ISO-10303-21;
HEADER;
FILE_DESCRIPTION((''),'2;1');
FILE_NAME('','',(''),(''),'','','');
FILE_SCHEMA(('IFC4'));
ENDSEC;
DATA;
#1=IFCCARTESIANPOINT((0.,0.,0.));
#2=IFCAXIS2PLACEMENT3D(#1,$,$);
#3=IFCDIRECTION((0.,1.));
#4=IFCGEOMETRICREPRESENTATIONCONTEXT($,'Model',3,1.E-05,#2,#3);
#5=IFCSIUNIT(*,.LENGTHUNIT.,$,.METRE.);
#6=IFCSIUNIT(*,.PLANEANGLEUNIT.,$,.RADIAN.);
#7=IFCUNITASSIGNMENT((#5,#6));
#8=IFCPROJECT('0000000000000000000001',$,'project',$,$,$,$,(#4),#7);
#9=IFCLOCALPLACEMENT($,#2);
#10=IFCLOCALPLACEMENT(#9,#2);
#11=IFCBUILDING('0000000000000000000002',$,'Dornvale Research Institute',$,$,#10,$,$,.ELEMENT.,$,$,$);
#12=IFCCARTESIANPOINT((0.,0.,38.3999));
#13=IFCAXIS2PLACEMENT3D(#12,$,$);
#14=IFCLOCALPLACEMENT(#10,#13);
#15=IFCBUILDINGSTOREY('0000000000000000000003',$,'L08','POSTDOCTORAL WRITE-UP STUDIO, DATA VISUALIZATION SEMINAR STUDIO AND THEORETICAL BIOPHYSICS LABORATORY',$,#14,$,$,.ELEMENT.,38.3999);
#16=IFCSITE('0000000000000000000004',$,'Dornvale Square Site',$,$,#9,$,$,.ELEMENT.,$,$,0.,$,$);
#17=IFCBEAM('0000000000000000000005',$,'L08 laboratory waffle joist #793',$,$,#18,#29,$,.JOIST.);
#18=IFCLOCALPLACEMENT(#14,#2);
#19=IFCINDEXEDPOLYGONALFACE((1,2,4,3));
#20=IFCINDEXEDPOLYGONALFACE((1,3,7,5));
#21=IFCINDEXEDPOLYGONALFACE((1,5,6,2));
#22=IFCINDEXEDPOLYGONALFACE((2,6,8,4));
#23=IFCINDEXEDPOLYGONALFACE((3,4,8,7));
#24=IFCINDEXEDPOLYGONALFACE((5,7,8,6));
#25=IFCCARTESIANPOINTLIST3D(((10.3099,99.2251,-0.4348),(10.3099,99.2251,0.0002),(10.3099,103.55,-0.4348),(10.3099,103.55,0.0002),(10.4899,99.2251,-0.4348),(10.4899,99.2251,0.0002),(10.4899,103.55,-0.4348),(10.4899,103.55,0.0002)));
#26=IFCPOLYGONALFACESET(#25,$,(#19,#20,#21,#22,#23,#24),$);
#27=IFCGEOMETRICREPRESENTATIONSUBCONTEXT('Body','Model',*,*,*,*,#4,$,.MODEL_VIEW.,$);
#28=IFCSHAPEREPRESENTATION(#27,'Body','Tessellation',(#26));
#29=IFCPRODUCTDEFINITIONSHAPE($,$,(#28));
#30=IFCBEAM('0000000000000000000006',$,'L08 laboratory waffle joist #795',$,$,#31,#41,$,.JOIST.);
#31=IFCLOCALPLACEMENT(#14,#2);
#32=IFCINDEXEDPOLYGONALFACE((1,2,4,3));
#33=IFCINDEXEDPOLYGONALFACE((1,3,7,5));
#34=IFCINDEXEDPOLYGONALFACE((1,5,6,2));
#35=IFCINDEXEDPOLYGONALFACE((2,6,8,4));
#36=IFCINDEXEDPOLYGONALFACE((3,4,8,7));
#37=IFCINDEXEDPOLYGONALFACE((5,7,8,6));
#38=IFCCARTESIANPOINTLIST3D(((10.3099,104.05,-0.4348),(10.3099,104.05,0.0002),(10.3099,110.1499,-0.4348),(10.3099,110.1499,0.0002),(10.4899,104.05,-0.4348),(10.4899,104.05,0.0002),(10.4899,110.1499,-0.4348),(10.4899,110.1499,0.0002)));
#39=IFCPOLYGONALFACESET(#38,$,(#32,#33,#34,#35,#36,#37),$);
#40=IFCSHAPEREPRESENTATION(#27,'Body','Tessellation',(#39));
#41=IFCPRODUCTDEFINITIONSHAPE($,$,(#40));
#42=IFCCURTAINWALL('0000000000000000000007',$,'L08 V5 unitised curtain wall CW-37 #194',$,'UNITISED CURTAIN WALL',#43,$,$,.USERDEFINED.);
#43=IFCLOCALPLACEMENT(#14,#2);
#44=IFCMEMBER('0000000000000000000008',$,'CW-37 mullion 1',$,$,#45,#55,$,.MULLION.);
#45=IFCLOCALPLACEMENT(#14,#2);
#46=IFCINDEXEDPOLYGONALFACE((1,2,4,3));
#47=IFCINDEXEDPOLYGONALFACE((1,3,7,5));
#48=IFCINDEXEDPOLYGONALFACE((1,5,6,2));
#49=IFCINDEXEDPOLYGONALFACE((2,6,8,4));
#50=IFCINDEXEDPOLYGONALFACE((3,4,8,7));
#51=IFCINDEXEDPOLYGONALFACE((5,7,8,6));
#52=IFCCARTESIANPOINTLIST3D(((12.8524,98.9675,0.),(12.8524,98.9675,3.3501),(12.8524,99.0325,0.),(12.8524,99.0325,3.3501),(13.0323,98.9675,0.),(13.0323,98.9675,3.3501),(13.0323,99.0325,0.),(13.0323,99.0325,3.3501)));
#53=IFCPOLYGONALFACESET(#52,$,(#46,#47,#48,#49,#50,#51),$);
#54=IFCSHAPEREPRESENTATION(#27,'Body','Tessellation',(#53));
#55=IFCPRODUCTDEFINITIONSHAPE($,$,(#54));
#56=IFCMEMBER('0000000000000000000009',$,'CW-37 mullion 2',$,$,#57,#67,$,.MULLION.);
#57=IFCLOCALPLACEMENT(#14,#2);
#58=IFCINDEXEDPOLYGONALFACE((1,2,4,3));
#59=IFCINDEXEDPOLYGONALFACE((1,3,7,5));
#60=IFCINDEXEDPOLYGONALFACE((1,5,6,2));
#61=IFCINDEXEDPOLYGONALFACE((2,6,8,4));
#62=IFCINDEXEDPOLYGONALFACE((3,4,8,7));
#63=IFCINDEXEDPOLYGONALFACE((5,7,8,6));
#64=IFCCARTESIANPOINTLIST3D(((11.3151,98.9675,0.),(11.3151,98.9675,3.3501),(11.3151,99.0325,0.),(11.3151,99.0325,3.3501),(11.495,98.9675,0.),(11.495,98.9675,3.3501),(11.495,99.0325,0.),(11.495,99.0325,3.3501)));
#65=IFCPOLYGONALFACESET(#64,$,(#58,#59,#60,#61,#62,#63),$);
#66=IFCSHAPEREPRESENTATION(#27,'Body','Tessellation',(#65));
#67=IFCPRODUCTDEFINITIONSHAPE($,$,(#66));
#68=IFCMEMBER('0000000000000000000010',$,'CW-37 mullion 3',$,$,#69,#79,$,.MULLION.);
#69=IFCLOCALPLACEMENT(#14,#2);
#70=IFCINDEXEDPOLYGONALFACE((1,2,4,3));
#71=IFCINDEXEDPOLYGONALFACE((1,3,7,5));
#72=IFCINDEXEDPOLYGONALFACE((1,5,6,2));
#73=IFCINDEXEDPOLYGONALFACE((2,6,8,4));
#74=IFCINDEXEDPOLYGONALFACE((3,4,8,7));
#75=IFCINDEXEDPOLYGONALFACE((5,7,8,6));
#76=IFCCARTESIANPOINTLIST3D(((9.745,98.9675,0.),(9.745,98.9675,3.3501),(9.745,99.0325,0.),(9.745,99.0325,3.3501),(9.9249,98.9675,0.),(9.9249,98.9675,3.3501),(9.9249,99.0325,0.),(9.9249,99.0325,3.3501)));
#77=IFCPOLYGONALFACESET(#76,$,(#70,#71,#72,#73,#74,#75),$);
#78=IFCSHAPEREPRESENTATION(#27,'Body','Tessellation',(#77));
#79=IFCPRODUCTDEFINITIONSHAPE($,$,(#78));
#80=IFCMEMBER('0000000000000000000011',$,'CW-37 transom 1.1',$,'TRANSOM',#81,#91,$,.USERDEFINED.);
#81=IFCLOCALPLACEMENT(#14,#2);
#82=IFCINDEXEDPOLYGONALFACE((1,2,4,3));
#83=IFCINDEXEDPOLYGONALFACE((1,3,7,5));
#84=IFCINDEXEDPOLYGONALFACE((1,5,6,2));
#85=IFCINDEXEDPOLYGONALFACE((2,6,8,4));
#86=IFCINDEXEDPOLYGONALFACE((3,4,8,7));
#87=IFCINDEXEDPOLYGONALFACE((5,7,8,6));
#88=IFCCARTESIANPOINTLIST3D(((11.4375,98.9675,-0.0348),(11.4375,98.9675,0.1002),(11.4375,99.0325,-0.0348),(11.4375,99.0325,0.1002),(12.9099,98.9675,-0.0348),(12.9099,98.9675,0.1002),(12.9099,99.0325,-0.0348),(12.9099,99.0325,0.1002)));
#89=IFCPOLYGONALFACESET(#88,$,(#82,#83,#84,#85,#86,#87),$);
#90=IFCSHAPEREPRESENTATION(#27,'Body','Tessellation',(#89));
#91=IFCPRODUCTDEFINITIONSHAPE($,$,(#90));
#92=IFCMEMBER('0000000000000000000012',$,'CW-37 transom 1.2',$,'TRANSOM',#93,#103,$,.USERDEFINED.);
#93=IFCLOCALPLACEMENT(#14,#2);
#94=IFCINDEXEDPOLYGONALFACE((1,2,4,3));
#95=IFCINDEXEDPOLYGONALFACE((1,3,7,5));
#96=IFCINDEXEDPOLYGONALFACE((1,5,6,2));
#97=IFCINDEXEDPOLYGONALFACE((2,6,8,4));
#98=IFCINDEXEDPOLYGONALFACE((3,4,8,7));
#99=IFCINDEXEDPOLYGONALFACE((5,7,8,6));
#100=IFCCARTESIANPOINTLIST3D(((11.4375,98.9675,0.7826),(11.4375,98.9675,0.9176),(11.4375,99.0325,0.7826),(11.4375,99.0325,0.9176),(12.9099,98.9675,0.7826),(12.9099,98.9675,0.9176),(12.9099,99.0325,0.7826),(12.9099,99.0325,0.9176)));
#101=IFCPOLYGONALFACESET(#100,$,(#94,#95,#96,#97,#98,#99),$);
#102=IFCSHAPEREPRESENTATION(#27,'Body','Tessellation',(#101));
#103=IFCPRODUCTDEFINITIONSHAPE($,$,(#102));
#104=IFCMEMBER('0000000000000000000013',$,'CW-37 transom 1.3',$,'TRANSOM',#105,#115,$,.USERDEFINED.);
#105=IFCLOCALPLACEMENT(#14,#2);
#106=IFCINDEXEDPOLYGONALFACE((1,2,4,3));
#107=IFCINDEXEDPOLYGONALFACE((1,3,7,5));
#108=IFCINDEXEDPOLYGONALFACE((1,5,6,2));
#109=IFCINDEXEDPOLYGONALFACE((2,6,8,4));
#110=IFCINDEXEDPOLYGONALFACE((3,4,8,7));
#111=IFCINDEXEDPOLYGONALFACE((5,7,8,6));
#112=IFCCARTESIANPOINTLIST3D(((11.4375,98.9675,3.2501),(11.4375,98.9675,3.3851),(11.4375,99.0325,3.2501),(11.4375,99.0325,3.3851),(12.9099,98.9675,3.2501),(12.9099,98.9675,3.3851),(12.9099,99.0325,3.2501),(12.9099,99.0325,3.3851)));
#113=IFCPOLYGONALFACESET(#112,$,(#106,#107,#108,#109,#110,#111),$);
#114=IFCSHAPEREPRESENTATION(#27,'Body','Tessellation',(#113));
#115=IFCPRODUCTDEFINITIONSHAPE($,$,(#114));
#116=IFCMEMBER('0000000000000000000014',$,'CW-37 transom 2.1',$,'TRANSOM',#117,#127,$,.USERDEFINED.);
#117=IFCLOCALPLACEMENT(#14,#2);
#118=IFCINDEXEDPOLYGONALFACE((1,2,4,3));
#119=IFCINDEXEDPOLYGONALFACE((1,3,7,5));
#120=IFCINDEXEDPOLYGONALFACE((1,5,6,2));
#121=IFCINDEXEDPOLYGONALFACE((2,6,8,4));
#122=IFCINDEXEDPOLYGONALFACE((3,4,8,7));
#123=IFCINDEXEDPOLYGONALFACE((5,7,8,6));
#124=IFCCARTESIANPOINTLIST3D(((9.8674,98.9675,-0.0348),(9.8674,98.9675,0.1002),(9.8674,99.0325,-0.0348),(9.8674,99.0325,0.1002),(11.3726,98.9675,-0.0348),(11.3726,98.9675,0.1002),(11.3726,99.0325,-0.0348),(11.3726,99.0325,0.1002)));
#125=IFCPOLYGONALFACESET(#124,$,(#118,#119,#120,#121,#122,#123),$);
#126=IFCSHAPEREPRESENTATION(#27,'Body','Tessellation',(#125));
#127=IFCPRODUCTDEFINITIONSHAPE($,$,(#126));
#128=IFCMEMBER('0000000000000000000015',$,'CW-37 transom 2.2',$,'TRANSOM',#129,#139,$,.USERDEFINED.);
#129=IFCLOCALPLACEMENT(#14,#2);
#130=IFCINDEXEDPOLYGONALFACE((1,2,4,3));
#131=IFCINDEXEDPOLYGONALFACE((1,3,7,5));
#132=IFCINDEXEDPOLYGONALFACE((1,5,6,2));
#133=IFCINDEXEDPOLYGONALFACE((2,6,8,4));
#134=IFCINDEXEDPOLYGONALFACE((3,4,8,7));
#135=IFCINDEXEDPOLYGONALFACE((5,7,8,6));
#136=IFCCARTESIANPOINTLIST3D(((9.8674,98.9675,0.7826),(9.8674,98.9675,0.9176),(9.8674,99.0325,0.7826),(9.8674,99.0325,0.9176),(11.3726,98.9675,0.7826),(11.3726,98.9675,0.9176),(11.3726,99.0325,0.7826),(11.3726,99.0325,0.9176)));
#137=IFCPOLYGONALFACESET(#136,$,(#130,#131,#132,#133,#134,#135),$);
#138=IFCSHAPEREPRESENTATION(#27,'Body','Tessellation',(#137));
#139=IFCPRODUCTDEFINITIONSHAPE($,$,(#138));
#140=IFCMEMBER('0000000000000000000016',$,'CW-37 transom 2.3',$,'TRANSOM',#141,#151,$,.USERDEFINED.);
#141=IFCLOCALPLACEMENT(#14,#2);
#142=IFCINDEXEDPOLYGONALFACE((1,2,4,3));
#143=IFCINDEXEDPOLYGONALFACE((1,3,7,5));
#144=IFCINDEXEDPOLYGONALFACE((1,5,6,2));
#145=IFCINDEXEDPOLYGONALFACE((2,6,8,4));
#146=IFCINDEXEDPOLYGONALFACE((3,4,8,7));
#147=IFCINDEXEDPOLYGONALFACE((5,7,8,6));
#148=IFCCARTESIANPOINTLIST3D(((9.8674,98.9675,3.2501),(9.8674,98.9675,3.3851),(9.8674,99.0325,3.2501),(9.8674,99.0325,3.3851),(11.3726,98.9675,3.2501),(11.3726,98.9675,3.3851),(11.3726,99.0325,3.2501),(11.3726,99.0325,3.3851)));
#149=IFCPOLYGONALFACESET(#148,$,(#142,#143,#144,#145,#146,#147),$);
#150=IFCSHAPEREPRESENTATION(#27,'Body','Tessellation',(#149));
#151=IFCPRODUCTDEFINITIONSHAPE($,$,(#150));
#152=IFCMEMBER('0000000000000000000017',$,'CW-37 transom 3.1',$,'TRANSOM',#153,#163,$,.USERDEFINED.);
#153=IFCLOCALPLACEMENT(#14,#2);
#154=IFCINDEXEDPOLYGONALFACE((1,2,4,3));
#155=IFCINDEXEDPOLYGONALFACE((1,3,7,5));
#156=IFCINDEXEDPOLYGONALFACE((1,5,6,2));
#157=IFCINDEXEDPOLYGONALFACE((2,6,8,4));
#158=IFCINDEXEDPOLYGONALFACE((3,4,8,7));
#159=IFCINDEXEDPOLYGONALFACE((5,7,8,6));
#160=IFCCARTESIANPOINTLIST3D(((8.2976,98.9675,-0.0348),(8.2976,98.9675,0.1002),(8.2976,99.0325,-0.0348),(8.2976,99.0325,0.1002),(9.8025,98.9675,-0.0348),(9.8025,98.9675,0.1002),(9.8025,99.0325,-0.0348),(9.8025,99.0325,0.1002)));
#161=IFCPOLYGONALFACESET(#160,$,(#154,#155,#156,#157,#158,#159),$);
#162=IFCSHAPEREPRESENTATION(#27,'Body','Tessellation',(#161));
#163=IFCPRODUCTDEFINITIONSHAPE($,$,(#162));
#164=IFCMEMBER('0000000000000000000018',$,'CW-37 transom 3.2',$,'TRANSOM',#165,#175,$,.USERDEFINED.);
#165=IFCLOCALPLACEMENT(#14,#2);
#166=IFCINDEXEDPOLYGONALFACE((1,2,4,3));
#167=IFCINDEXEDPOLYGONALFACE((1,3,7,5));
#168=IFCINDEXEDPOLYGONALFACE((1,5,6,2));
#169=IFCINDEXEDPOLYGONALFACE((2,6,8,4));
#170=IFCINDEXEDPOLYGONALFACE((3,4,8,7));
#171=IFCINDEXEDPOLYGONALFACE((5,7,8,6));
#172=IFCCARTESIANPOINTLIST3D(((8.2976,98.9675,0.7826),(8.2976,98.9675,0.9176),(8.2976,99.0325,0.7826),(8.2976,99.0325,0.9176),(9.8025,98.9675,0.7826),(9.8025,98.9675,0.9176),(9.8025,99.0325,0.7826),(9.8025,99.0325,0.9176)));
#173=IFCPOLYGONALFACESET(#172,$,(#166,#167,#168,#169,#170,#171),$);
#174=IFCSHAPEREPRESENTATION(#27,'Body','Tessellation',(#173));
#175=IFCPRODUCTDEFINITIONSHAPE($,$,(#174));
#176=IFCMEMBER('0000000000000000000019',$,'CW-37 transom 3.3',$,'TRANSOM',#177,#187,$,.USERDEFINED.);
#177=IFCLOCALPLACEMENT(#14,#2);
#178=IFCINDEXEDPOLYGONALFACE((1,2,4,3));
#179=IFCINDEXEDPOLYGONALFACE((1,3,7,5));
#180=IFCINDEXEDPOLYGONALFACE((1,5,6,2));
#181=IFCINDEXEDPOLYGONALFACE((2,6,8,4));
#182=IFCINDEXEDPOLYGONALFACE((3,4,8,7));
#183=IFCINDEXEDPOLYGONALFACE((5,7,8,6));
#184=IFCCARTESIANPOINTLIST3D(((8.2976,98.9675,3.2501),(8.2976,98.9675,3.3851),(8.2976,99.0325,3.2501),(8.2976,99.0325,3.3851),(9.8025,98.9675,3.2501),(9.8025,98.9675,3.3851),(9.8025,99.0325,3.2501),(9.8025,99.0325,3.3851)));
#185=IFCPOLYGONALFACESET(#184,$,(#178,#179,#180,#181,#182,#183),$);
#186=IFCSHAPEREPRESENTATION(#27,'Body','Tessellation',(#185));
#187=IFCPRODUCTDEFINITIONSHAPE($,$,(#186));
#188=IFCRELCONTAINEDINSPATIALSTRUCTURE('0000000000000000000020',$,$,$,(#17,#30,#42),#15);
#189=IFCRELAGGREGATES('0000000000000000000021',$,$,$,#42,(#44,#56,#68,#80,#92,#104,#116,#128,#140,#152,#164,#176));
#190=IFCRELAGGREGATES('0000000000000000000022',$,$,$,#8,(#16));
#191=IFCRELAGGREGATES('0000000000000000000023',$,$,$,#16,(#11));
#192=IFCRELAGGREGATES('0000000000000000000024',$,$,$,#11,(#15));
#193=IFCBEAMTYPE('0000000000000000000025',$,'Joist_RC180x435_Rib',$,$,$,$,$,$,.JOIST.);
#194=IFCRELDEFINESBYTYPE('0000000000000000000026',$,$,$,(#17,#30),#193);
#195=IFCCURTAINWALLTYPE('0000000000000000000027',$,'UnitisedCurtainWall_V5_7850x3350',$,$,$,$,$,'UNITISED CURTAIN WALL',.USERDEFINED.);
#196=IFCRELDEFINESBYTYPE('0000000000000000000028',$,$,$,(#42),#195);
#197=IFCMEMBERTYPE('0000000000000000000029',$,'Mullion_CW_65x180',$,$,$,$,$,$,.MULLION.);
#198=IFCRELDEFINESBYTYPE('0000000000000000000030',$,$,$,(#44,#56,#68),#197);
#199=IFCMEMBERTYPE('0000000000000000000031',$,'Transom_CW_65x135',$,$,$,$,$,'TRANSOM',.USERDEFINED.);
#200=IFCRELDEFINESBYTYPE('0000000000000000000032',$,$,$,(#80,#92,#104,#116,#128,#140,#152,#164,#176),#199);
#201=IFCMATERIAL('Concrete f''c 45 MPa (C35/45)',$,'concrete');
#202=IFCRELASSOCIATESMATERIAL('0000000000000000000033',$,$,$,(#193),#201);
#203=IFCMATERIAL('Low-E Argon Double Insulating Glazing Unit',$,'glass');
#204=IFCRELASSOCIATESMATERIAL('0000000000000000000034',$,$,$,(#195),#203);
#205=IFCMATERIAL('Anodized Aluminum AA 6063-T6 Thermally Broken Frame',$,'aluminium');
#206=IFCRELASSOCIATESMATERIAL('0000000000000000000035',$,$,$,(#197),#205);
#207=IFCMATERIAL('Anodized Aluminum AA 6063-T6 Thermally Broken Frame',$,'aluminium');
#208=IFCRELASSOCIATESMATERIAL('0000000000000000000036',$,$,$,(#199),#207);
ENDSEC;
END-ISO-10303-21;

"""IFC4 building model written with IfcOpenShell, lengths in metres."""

from ifc_helpers import new_model, si_unit, direction, frame, origin, origin_2d, place, context, subcontext, project, spatial, rectangle, extrude, material, material_profile, profile_set, type_object, element, aggregate, save


model = new_model("IFC4")

# Units and contexts
model_context = context("Model", 3, precision=1e-05, world=origin(), true_north=direction((0.0, 1.0)))
body_context = subcontext(model_context, "Body", "Model", "MODEL_VIEW")
ifc_project = project(units=[si_unit("LENGTHUNIT", "METRE"), si_unit("PLANEANGLEUNIT", "RADIAN")], contexts=[model_context])

# Site, building, storey
site_placement = place(None, origin())
site = spatial("IfcSite", under=ifc_project, at=site_placement, Name="Dornvale Square Site", CompositionType="ELEMENT", RefElevation=0.0)
building_placement = place(site_placement, origin())
building = spatial("IfcBuilding", under=site, at=building_placement, Name="Dornvale Research Institute", CompositionType="ELEMENT")
storey_placement = place(building_placement, frame((0.0, 0.0, 38.3999)))
storey = spatial("IfcBuildingStorey", under=building, at=storey_placement, Name="L08", Description="POSTDOCTORAL WRITE-UP STUDIO, DATA VISUALIZATION SEMINAR STUDIO AND THEORETICAL BIOPHYSICS LABORATORY", CompositionType="ELEMENT", Elevation=38.3999)

# Beams
ifc_material_1 = material(Name="Concrete f'c 45 MPa (C35/45)", Category="concrete")
ifc_material_profile_1 = material_profile(ifc_material_1, rectangle(XDim=0.1799, YDim=0.4351, at=origin_2d()), Name="RC 180x435")
ifc_profile_set_1 = profile_set([ifc_material_profile_1], Name="Concrete f'c 45 MPa (C35/45)")
beam_type = type_object("IfcBeamType", Name="Joist_RC180x435_Rib", PredefinedType="JOIST", material=ifc_profile_set_1)
beam_1_placement = place(storey_placement, frame((10.3999, 99.2251, -0.2173), z_axis=(0.0, 1.0, 0.0), x_axis=(-1.0, 0.0, 0.0)))
element("IfcBeam", 1, at=beam_1_placement, inside=storey, type_object=beam_type, Name="L08 laboratory waffle joist #793", PredefinedType="JOIST", context=body_context, shape_type="SweptSolid", body=[
    extrude(rectangle(XDim=0.1799, YDim=0.4351, at=origin_2d()), origin(), (0.0, 0.0, 1.0), 4.325),
])
beam_2_placement = place(storey_placement, frame((10.3999, 104.05, -0.2173), z_axis=(0.0, 1.0, 0.0), x_axis=(-1.0, 0.0, 0.0)))
element("IfcBeam", 2, at=beam_2_placement, inside=storey, type_object=beam_type, Name="L08 laboratory waffle joist #795", PredefinedType="JOIST", context=body_context, shape_type="SweptSolid", body=[
    extrude(rectangle(XDim=0.1799, YDim=0.4351, at=origin_2d()), origin(), (0.0, 0.0, 1.0), 6.0999),
])

# Curtain wall, members
ifc_material_2 = material(Name="Low-E Argon Double Insulating Glazing Unit", Category="glass")
curtain_wall_type = type_object("IfcCurtainWallType", Name="UnitisedCurtainWall_V5_7850x3350", ElementType="UNITISED CURTAIN WALL", PredefinedType="USERDEFINED", material=ifc_material_2)
curtain_wall_placement = place(storey_placement, origin())
curtain_wall = element("IfcCurtainWall", 3, at=curtain_wall_placement, inside=storey, type_object=curtain_wall_type, Name="L08 V5 unitised curtain wall CW-37 #194", ObjectType="UNITISED CURTAIN WALL", PredefinedType="USERDEFINED")
ifc_material_3 = material(Name="Anodized Aluminum AA 6063-T6 Thermally Broken Frame", Category="aluminium")
ifc_material_profile_2 = material_profile(ifc_material_3, rectangle(XDim=0.0649, YDim=0.1799, at=origin_2d()), Name="ALU MULLION 65x180")
ifc_profile_set_2 = profile_set([ifc_material_profile_2], Name="Anodized Aluminum AA 6063-T6 Thermally Broken Frame")
member_type_1 = type_object("IfcMemberType", Name="Mullion_CW_65x180", PredefinedType="MULLION", material=ifc_profile_set_2)
member_1_placement = place(storey_placement, frame((12.9424, 99.0, 0.0), z_axis=(0.0, 0.0, 1.0), x_axis=(0.0, -1.0, 0.0)))
member_1 = element("IfcMember", 4, at=member_1_placement, type_object=member_type_1, Name="CW-37 mullion 1", PredefinedType="MULLION", context=body_context, shape_type="SweptSolid", body=[
    extrude(rectangle(XDim=0.0649, YDim=0.1799, at=origin_2d()), origin(), (0.0, 0.0, 1.0), 3.3501),
])
member_2_placement = place(storey_placement, frame((11.405, 99.0, 0.0), z_axis=(0.0, 0.0, 1.0), x_axis=(0.0, -1.0, 0.0)))
member_2 = element("IfcMember", 5, at=member_2_placement, type_object=member_type_1, Name="CW-37 mullion 2", PredefinedType="MULLION", context=body_context, shape_type="SweptSolid", body=[
    extrude(rectangle(XDim=0.0649, YDim=0.1799, at=origin_2d()), origin(), (0.0, 0.0, 1.0), 3.3501),
])
member_3_placement = place(storey_placement, frame((9.835, 99.0, 0.0), z_axis=(0.0, 0.0, 1.0), x_axis=(0.0, -1.0, 0.0)))
member_3 = element("IfcMember", 6, at=member_3_placement, type_object=member_type_1, Name="CW-37 mullion 3", PredefinedType="MULLION", context=body_context, shape_type="SweptSolid", body=[
    extrude(rectangle(XDim=0.0649, YDim=0.1799, at=origin_2d()), origin(), (0.0, 0.0, 1.0), 3.3501),
])
ifc_material_4 = material(Name="Anodized Aluminum AA 6063-T6 Thermally Broken Frame", Category="aluminium")
ifc_material_profile_3 = material_profile(ifc_material_4, rectangle(XDim=0.0649, YDim=0.135, at=origin_2d()), Name="ALU TRANSOM 65x135")
ifc_profile_set_3 = profile_set([ifc_material_profile_3], Name="Anodized Aluminum AA 6063-T6 Thermally Broken Frame")
member_type_2 = type_object("IfcMemberType", Name="Transom_CW_65x135", ElementType="TRANSOM", PredefinedType="USERDEFINED", material=ifc_profile_set_3)
member_4_placement = place(storey_placement, frame((12.9099, 99.0, 0.0327), z_axis=(-1.0, 0.0, 0.0), x_axis=(0.0, -1.0, 0.0)))
member_4 = element("IfcMember", 7, at=member_4_placement, type_object=member_type_2, Name="CW-37 transom 1.1", ObjectType="TRANSOM", PredefinedType="USERDEFINED", context=body_context, shape_type="SweptSolid", body=[
    extrude(rectangle(XDim=0.0649, YDim=0.135, at=origin_2d()), origin(), (0.0, 0.0, 1.0), 1.4724),
])
member_5_placement = place(storey_placement, frame((12.9099, 99.0, 0.8501), z_axis=(-1.0, 0.0, 0.0), x_axis=(0.0, -1.0, 0.0)))
member_5 = element("IfcMember", 8, at=member_5_placement, type_object=member_type_2, Name="CW-37 transom 1.2", ObjectType="TRANSOM", PredefinedType="USERDEFINED", context=body_context, shape_type="SweptSolid", body=[
    extrude(rectangle(XDim=0.0649, YDim=0.135, at=origin_2d()), origin(), (0.0, 0.0, 1.0), 1.4724),
])
member_6_placement = place(storey_placement, frame((12.9099, 99.0, 3.3176), z_axis=(-1.0, 0.0, 0.0), x_axis=(0.0, -1.0, 0.0)))
member_6 = element("IfcMember", 9, at=member_6_placement, type_object=member_type_2, Name="CW-37 transom 1.3", ObjectType="TRANSOM", PredefinedType="USERDEFINED", context=body_context, shape_type="SweptSolid", body=[
    extrude(rectangle(XDim=0.0649, YDim=0.135, at=origin_2d()), origin(), (0.0, 0.0, 1.0), 1.4724),
])
member_7_placement = place(storey_placement, frame((11.3726, 99.0, 0.0327), z_axis=(-1.0, 0.0, 0.0), x_axis=(0.0, -1.0, 0.0)))
member_7 = element("IfcMember", 10, at=member_7_placement, type_object=member_type_2, Name="CW-37 transom 2.1", ObjectType="TRANSOM", PredefinedType="USERDEFINED", context=body_context, shape_type="SweptSolid", body=[
    extrude(rectangle(XDim=0.0649, YDim=0.135, at=origin_2d()), origin(), (0.0, 0.0, 1.0), 1.5051),
])
member_8_placement = place(storey_placement, frame((11.3726, 99.0, 0.8501), z_axis=(-1.0, 0.0, 0.0), x_axis=(0.0, -1.0, 0.0)))
member_8 = element("IfcMember", 11, at=member_8_placement, type_object=member_type_2, Name="CW-37 transom 2.2", ObjectType="TRANSOM", PredefinedType="USERDEFINED", context=body_context, shape_type="SweptSolid", body=[
    extrude(rectangle(XDim=0.0649, YDim=0.135, at=origin_2d()), origin(), (0.0, 0.0, 1.0), 1.5051),
])
member_9_placement = place(storey_placement, frame((11.3726, 99.0, 3.3176), z_axis=(-1.0, 0.0, 0.0), x_axis=(0.0, -1.0, 0.0)))
member_9 = element("IfcMember", 12, at=member_9_placement, type_object=member_type_2, Name="CW-37 transom 2.3", ObjectType="TRANSOM", PredefinedType="USERDEFINED", context=body_context, shape_type="SweptSolid", body=[
    extrude(rectangle(XDim=0.0649, YDim=0.135, at=origin_2d()), origin(), (0.0, 0.0, 1.0), 1.5051),
])
member_10_placement = place(storey_placement, frame((9.8025, 99.0, 0.0327), z_axis=(-1.0, 0.0, 0.0), x_axis=(0.0, -1.0, 0.0)))
member_10 = element("IfcMember", 13, at=member_10_placement, type_object=member_type_2, Name="CW-37 transom 3.1", ObjectType="TRANSOM", PredefinedType="USERDEFINED", context=body_context, shape_type="SweptSolid", body=[
    extrude(rectangle(XDim=0.0649, YDim=0.135, at=origin_2d()), origin(), (0.0, 0.0, 1.0), 1.5049),
])
member_11_placement = place(storey_placement, frame((9.8025, 99.0, 0.8501), z_axis=(-1.0, 0.0, 0.0), x_axis=(0.0, -1.0, 0.0)))
member_11 = element("IfcMember", 14, at=member_11_placement, type_object=member_type_2, Name="CW-37 transom 3.2", ObjectType="TRANSOM", PredefinedType="USERDEFINED", context=body_context, shape_type="SweptSolid", body=[
    extrude(rectangle(XDim=0.0649, YDim=0.135, at=origin_2d()), origin(), (0.0, 0.0, 1.0), 1.5049),
])
member_12_placement = place(storey_placement, frame((9.8025, 99.0, 3.3176), z_axis=(-1.0, 0.0, 0.0), x_axis=(0.0, -1.0, 0.0)))
member_12 = element("IfcMember", 15, at=member_12_placement, type_object=member_type_2, Name="CW-37 transom 3.3", ObjectType="TRANSOM", PredefinedType="USERDEFINED", context=body_context, shape_type="SweptSolid", body=[
    extrude(rectangle(XDim=0.0649, YDim=0.135, at=origin_2d()), origin(), (0.0, 0.0, 1.0), 1.5049),
])
aggregate(curtain_wall, [member_1, member_2, member_3, member_4, member_5, member_6, member_7, member_8, member_9, member_10, member_11, member_12])

save(model, "model.ifc")
